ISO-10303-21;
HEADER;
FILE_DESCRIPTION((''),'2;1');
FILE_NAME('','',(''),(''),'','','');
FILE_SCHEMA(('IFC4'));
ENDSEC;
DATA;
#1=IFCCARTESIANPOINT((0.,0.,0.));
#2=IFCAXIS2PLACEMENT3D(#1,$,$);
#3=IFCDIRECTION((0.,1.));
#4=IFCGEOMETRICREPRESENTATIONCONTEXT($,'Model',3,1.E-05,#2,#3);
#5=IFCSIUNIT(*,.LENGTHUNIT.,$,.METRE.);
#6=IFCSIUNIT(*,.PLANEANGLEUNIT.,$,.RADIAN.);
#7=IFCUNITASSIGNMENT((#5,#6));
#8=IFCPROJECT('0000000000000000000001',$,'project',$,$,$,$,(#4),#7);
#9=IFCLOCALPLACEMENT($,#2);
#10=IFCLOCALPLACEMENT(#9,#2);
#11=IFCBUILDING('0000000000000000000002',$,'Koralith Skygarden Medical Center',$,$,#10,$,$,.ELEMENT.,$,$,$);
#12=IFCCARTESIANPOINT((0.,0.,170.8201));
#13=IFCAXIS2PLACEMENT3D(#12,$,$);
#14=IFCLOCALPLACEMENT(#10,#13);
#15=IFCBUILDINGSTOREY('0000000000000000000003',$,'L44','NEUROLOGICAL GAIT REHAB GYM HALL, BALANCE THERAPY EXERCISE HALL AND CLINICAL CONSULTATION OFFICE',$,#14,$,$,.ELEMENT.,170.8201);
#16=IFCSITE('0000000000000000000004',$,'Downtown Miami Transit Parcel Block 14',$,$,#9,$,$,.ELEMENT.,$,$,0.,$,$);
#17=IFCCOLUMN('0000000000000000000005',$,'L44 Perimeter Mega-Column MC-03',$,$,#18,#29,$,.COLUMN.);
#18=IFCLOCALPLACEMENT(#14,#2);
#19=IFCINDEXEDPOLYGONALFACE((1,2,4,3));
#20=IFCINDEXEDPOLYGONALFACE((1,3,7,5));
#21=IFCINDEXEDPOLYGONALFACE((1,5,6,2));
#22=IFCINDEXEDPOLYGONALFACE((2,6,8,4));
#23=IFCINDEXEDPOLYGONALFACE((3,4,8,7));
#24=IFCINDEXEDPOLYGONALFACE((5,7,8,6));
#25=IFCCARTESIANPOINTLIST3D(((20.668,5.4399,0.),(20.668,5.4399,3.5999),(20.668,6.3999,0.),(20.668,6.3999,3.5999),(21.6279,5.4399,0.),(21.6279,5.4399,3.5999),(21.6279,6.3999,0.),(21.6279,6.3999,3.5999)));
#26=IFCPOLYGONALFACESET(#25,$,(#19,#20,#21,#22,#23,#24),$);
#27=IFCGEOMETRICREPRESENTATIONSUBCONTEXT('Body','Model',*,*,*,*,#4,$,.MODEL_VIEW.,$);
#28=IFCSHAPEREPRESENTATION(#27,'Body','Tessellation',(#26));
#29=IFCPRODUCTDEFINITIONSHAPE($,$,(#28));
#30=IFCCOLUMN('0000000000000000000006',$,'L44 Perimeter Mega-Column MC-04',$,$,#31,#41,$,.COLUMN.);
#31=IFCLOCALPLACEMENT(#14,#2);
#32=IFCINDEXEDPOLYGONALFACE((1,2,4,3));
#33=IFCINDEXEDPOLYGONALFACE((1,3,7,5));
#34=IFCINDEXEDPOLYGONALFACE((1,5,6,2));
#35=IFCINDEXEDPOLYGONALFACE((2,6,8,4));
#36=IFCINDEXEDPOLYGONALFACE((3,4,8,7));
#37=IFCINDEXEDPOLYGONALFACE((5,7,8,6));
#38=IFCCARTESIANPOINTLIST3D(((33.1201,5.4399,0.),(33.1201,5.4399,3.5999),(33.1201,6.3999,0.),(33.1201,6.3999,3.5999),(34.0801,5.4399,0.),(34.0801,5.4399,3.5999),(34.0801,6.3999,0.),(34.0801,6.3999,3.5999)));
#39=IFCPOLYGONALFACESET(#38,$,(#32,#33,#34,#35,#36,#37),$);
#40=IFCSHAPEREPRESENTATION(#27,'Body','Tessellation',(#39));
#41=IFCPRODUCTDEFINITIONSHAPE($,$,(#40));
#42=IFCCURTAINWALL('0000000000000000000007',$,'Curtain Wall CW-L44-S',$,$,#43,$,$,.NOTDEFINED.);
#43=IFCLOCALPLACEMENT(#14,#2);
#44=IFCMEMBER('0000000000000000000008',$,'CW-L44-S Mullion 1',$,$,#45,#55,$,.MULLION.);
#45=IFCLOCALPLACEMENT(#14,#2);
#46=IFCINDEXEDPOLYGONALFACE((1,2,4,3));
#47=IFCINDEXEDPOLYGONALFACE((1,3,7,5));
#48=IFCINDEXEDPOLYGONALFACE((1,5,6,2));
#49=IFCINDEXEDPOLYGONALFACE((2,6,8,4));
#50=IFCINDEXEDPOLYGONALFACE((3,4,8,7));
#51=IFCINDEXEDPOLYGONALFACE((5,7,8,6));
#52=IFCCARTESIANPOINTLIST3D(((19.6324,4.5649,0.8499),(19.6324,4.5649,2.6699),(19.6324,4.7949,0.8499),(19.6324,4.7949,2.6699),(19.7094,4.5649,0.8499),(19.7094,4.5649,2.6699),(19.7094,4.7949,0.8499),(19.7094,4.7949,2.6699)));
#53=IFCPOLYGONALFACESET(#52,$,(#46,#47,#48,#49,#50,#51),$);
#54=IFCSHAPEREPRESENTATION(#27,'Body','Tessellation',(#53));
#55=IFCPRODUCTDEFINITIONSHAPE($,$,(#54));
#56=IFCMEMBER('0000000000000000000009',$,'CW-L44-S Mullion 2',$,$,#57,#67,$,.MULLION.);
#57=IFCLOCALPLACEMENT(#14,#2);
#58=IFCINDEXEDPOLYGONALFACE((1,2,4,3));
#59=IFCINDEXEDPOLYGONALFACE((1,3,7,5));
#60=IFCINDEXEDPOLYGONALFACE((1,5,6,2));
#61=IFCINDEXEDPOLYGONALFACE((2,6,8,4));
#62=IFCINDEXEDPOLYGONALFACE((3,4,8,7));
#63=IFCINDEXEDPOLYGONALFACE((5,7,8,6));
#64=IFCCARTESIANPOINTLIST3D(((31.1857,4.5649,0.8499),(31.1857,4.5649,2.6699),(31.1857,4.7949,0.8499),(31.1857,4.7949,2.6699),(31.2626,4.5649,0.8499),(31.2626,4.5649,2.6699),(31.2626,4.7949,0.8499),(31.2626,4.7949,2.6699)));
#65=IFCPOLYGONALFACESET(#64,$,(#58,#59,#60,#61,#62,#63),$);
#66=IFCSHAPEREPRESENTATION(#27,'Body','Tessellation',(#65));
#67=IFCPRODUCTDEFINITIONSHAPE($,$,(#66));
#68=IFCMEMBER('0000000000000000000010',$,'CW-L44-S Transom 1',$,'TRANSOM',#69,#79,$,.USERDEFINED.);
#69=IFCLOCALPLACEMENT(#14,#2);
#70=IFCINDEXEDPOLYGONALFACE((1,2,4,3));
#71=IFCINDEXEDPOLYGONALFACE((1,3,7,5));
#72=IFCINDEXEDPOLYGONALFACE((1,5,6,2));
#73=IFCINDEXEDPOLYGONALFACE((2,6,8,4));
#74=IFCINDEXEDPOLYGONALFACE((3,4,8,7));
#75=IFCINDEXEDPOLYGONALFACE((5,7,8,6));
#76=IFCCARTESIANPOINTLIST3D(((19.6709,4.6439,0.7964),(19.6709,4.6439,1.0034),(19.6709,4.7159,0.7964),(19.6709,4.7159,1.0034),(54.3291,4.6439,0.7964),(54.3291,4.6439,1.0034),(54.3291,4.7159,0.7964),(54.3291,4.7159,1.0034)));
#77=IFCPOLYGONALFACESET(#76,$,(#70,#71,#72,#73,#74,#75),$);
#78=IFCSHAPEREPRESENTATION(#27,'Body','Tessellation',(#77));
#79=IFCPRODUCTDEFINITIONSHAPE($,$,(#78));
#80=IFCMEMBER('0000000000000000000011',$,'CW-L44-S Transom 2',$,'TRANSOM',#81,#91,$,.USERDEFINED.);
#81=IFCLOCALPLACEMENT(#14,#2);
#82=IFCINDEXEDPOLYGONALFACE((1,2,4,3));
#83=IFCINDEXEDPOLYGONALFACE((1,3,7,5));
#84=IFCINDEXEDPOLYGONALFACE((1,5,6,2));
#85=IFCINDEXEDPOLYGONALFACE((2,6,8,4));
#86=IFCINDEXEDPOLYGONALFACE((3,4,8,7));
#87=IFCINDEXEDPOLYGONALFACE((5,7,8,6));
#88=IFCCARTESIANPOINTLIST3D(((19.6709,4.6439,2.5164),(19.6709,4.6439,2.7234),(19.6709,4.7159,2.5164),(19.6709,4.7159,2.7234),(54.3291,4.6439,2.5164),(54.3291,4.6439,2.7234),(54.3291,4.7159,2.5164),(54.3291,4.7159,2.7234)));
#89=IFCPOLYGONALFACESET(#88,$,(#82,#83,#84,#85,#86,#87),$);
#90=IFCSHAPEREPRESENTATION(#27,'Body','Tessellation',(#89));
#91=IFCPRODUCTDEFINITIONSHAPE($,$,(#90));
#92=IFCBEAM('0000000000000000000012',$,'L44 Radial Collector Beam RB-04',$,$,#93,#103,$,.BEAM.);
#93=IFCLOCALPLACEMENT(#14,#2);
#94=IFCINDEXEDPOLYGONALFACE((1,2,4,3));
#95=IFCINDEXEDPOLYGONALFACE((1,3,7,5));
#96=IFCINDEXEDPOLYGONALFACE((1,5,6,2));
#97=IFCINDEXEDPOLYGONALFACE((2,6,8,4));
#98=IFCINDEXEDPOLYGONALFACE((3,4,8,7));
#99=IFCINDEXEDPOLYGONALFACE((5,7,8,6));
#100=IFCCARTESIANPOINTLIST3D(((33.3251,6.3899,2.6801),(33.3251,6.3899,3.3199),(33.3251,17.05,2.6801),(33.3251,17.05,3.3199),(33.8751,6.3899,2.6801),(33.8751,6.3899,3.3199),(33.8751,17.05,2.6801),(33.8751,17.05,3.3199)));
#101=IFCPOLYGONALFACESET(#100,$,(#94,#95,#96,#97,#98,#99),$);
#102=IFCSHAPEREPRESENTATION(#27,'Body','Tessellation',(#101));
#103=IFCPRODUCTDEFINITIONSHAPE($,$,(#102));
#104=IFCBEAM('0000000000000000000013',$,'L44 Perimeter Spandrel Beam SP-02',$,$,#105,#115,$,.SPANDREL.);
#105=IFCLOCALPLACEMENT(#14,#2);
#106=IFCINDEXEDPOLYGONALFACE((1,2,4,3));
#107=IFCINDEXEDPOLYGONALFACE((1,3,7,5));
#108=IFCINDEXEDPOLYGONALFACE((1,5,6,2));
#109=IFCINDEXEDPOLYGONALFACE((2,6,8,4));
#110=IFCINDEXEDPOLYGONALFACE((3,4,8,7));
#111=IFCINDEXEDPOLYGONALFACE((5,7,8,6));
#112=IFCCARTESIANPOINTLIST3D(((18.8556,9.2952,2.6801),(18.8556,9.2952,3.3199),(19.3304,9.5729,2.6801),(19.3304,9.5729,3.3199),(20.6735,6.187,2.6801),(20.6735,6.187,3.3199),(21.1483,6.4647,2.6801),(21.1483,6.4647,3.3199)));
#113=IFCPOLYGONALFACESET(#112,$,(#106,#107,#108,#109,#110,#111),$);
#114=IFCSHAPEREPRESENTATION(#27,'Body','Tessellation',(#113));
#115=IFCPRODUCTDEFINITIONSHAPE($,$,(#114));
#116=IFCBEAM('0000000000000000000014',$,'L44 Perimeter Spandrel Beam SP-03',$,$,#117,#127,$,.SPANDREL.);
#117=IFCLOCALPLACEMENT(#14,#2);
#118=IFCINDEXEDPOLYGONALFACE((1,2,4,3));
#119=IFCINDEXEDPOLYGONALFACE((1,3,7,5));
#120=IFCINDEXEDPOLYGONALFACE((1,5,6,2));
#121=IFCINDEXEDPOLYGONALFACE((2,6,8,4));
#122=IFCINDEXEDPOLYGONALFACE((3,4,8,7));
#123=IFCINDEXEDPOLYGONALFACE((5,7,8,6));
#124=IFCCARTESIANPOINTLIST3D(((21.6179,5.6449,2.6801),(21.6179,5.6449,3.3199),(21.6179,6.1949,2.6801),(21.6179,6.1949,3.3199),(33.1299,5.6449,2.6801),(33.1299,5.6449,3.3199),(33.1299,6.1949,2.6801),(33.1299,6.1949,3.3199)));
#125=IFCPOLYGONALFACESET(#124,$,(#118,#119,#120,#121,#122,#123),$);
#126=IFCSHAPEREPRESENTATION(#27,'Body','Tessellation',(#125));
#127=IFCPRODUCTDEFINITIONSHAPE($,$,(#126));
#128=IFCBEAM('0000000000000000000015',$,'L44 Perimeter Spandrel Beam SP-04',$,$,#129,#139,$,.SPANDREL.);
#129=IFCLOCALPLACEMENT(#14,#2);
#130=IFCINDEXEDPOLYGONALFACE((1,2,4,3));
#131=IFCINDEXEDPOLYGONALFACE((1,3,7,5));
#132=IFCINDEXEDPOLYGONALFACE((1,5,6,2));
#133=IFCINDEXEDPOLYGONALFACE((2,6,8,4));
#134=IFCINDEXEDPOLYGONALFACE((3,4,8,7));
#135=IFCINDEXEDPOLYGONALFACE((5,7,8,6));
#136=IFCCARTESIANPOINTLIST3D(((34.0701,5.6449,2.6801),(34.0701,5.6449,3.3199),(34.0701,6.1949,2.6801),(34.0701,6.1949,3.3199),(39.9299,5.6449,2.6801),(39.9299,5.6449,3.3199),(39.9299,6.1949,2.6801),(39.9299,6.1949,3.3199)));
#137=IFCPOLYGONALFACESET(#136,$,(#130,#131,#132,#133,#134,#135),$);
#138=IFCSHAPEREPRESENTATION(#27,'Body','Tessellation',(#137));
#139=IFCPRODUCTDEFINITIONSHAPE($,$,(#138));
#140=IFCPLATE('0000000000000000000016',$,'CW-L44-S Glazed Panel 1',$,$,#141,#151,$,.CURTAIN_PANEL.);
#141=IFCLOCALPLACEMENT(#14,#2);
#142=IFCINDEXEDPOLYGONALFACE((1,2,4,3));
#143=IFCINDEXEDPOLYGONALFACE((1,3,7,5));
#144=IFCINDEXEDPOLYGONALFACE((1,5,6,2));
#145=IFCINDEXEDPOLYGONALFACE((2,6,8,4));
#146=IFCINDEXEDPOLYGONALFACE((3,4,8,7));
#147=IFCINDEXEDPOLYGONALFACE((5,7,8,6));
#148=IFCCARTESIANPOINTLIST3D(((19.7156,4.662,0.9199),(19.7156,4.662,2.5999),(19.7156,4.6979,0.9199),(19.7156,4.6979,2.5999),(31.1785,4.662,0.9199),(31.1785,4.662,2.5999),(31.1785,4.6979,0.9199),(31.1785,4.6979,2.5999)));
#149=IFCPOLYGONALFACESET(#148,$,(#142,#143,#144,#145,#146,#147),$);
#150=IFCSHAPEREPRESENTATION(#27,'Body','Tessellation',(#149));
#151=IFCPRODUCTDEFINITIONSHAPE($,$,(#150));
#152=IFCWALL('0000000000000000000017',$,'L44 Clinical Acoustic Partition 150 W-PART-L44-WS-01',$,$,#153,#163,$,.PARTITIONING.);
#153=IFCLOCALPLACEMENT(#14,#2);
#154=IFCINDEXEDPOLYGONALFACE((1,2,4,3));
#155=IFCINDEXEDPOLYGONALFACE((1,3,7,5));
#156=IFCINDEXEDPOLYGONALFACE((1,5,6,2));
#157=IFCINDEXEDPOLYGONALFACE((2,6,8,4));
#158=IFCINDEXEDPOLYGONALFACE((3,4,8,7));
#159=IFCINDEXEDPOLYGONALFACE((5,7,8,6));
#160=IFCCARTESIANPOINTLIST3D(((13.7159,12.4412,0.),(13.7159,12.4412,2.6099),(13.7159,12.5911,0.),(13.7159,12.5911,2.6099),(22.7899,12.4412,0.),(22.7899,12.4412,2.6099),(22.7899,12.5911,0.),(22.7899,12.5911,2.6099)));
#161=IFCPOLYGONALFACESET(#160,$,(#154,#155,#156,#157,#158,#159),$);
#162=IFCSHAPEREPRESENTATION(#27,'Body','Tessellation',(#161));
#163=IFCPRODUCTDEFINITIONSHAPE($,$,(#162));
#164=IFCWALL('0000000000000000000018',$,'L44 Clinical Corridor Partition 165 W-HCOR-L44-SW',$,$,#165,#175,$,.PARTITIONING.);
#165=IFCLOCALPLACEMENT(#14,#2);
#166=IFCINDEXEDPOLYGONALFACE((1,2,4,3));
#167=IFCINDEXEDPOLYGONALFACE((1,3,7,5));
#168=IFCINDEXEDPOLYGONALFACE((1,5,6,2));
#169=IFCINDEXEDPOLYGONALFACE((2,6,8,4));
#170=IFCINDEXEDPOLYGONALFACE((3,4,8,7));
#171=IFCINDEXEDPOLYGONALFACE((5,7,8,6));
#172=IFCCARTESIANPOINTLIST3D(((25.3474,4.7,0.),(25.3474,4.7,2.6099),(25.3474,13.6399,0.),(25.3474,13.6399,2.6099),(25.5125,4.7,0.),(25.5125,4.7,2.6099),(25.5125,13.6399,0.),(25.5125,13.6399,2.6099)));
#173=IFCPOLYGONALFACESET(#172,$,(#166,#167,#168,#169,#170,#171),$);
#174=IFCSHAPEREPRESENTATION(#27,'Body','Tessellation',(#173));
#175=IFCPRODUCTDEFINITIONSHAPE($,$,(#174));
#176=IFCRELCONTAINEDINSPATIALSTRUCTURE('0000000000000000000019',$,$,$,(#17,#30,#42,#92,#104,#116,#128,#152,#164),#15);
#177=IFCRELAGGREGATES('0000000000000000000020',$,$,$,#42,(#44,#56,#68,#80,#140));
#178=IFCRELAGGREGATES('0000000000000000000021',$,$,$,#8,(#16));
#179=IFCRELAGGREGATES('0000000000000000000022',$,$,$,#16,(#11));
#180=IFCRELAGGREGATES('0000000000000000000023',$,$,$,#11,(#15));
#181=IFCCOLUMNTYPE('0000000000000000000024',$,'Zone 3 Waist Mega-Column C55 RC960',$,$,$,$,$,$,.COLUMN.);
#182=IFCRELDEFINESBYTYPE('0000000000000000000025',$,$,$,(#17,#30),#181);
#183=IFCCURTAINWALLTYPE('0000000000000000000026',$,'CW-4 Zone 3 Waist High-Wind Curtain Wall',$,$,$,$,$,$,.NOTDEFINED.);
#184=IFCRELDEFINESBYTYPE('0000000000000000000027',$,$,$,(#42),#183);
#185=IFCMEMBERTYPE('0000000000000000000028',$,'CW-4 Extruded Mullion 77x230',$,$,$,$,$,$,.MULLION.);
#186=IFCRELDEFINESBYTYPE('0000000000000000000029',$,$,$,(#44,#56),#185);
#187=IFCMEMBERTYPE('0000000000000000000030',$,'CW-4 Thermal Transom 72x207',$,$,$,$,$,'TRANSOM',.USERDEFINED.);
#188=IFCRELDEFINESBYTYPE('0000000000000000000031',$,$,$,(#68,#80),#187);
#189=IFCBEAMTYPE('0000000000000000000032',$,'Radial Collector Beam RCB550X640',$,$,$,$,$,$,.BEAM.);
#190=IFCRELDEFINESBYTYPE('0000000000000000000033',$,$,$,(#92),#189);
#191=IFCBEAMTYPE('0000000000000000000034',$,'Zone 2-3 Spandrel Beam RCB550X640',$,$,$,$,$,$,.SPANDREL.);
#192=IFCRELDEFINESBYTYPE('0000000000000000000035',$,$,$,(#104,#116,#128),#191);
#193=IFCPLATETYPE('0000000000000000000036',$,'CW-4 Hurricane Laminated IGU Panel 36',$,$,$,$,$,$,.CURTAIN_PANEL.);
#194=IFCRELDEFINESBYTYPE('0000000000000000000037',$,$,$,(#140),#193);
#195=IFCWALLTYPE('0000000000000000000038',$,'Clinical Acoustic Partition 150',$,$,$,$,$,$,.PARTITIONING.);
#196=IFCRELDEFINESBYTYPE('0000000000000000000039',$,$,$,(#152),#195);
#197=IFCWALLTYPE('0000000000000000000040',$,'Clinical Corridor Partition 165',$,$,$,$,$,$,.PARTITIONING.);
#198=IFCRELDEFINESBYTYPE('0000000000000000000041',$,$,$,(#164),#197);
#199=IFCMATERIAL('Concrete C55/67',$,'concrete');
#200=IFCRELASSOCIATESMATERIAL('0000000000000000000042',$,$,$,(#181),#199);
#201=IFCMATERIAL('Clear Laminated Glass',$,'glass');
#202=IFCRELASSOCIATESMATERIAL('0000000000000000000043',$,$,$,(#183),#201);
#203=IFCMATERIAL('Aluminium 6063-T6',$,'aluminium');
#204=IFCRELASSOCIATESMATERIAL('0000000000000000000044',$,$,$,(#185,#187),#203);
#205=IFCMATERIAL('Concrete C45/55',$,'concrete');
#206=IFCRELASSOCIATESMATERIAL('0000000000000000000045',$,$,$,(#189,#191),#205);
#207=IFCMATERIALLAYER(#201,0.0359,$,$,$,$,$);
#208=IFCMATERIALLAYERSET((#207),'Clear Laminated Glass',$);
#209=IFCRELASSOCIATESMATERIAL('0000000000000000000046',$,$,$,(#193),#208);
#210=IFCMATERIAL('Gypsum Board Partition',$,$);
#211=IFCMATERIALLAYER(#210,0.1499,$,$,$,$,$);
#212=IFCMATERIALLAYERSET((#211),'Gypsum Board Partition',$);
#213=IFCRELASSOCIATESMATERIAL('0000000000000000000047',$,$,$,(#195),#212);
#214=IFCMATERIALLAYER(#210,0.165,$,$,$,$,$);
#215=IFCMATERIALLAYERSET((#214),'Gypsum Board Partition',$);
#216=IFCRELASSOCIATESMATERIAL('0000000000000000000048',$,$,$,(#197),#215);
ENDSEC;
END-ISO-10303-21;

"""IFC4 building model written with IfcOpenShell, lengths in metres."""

from ifc_helpers import new_model, si_unit, direction, frame, frame_2d, origin, origin_2d, place, context, subcontext, project, spatial, rectangle, extrude, material, layer, layer_set, material_profile, profile_set, type_object, element, aggregate, save


model = new_model("IFC4")

# Units and contexts
model_context = context("Model", 3, precision=1e-05, world=origin(), true_north=direction((0.0, 1.0)))
body_context = subcontext(model_context, "Body", "Model", "MODEL_VIEW")
ifc_project = project(units=[si_unit("LENGTHUNIT", "METRE"), si_unit("PLANEANGLEUNIT", "RADIAN")], contexts=[model_context])

# Site, building, storey
site_placement = place(None, origin())
site = spatial("IfcSite", under=ifc_project, at=site_placement, Name="Downtown Miami Transit Parcel Block 14", CompositionType="ELEMENT", RefElevation=0.0)
building_placement = place(site_placement, origin())
building = spatial("IfcBuilding", under=site, at=building_placement, Name="Koralith Skygarden Medical Center", CompositionType="ELEMENT")
storey_placement = place(building_placement, frame((0.0, 0.0, 170.8201)))
storey = spatial("IfcBuildingStorey", under=building, at=storey_placement, Name="L44", Description="NEUROLOGICAL GAIT REHAB GYM HALL, BALANCE THERAPY EXERCISE HALL AND CLINICAL CONSULTATION OFFICE", CompositionType="ELEMENT", Elevation=170.8201)

# Columns
ifc_material_1 = material(Name="Concrete C55/67", Category="concrete")
ifc_material_profile_1 = material_profile(ifc_material_1, rectangle(XDim=0.96, YDim=0.96, at=origin_2d()), Name="RC960X960")
ifc_profile_set_1 = profile_set([ifc_material_profile_1], Name="Concrete C55/67")
column_type = type_object("IfcColumnType", Name="Zone 3 Waist Mega-Column C55 RC960", PredefinedType="COLUMN", material=ifc_profile_set_1)
for number, where, z_axis, x_axis, name in (
    (1, (21.1479, 5.9199, 0.0), (0.0, 0.0, 1.0), (1.0, 0.0, 0.0), "L44 Perimeter Mega-Column MC-03"),
    (2, (33.6001, 5.9199, 0.0), (0.0, 0.0, 1.0), (1.0, 0.0, 0.0), "L44 Perimeter Mega-Column MC-04"),
):
    element("IfcColumn", number, at=place(storey_placement, frame(where, z_axis=z_axis, x_axis=x_axis)), inside=storey, type_object=column_type, Name=name, PredefinedType="COLUMN", context=body_context, shape_type="SweptSolid", body=[
        extrude(rectangle(XDim=0.96, YDim=0.96, at=origin_2d()), origin(), (0.0, 0.0, 1.0), 3.5999),
    ])

# Curtain wall, members
ifc_material_2 = material(Name="Clear Laminated Glass", Category="glass")
curtain_wall_type = type_object("IfcCurtainWallType", Name="CW-4 Zone 3 Waist High-Wind Curtain Wall", PredefinedType="NOTDEFINED", material=ifc_material_2)
curtain_wall_placement = place(storey_placement, origin())
curtain_wall = element("IfcCurtainWall", 3, at=curtain_wall_placement, inside=storey, type_object=curtain_wall_type, Name="Curtain Wall CW-L44-S", PredefinedType="NOTDEFINED")
ifc_material_3 = material(Name="Aluminium 6063-T6", Category="aluminium")
ifc_material_profile_2 = material_profile(ifc_material_3, rectangle(XDim=0.0769, YDim=0.23, at=origin_2d()), Name="MUL77X230")
ifc_profile_set_2 = profile_set([ifc_material_profile_2], Name="Aluminium 6063-T6")
member_type_1 = type_object("IfcMemberType", Name="CW-4 Extruded Mullion 77x230", PredefinedType="MULLION", material=ifc_profile_set_2)
member_1_placement = place(storey_placement, frame((19.6709, 4.6799, 0.8499), z_axis=(0.0, 0.0, 1.0), x_axis=(1.0, 0.0, 0.0)))
member_1 = element("IfcMember", 4, at=member_1_placement, type_object=member_type_1, Name="CW-L44-S Mullion 1", PredefinedType="MULLION", context=body_context, shape_type="SweptSolid", body=[
    extrude(rectangle(XDim=0.0769, YDim=0.23, at=origin_2d()), origin(), (0.0, 0.0, 1.0), 1.8201),
])
member_2_placement = place(storey_placement, frame((31.2241, 4.6799, 0.8499), z_axis=(0.0, 0.0, 1.0), x_axis=(1.0, 0.0, 0.0)))
member_2 = element("IfcMember", 5, at=member_2_placement, type_object=member_type_1, Name="CW-L44-S Mullion 2", PredefinedType="MULLION", context=body_context, shape_type="SweptSolid", body=[
    extrude(rectangle(XDim=0.0769, YDim=0.23, at=origin_2d()), origin(), (0.0, 0.0, 1.0), 1.8201),
])
ifc_material_profile_3 = material_profile(ifc_material_3, rectangle(XDim=0.072, YDim=0.207, at=origin_2d()), Name="TRN72X207")
ifc_profile_set_3 = profile_set([ifc_material_profile_3], Name="Aluminium 6063-T6")
member_type_2 = type_object("IfcMemberType", Name="CW-4 Thermal Transom 72x207", ElementType="TRANSOM", PredefinedType="USERDEFINED", material=ifc_profile_set_3)
member_3_placement = place(storey_placement, frame((19.6709, 4.6799, 0.8999), z_axis=(1.0, 0.0, 0.0), x_axis=(0.0, 1.0, 0.0)))
member_3 = element("IfcMember", 6, at=member_3_placement, type_object=member_type_2, Name="CW-L44-S Transom 1", ObjectType="TRANSOM", PredefinedType="USERDEFINED", context=body_context, shape_type="SweptSolid", body=[
    extrude(rectangle(XDim=0.072, YDim=0.207, at=origin_2d()), origin(), (0.0, 0.0, 1.0), 34.6582),
])
member_4_placement = place(storey_placement, frame((19.6709, 4.6799, 2.6199), z_axis=(1.0, 0.0, 0.0), x_axis=(0.0, 1.0, 0.0)))
member_4 = element("IfcMember", 7, at=member_4_placement, type_object=member_type_2, Name="CW-L44-S Transom 2", ObjectType="TRANSOM", PredefinedType="USERDEFINED", context=body_context, shape_type="SweptSolid", body=[
    extrude(rectangle(XDim=0.072, YDim=0.207, at=origin_2d()), origin(), (0.0, 0.0, 1.0), 34.6582),
])

# Beams
ifc_material_4 = material(Name="Concrete C45/55", Category="concrete")
ifc_material_profile_4 = material_profile(ifc_material_4, rectangle(XDim=0.55, YDim=0.6399, at=origin_2d()), Name="RCB550X640")
ifc_profile_set_4 = profile_set([ifc_material_profile_4], Name="Concrete C45/55")
beam_type_1 = type_object("IfcBeamType", Name="Radial Collector Beam RCB550X640", PredefinedType="BEAM", material=ifc_profile_set_4)
beam_1_placement = place(storey_placement, frame((33.6001, 17.05, 3.0), z_axis=(0.0, -1.0, 0.0), x_axis=(1.0, 0.0, 0.0)))
element("IfcBeam", 8, at=beam_1_placement, inside=storey, type_object=beam_type_1, Name="L44 Radial Collector Beam RB-04", PredefinedType="BEAM", context=body_context, shape_type="SweptSolid", body=[
    extrude(rectangle(XDim=0.55, YDim=0.6399, at=origin_2d()), origin(), (0.0, 0.0, 1.0), 10.6602),
])
ifc_material_profile_5 = material_profile(ifc_material_4, rectangle(XDim=0.55, YDim=0.6399, at=origin_2d()), Name="RCB550X640")
ifc_profile_set_5 = profile_set([ifc_material_profile_5], Name="Concrete C45/55")
beam_type_2 = type_object("IfcBeamType", Name="Zone 2-3 Spandrel Beam RCB550X640", PredefinedType="SPANDREL", material=ifc_profile_set_5)
beam_2_placement = place(storey_placement, frame((19.093, 9.4341, 3.0), z_axis=(0.504861, -0.8632, 0.0), x_axis=(0.8632, 0.504861, 0.0)))
element("IfcBeam", 9, at=beam_2_placement, inside=storey, type_object=beam_type_2, Name="L44 Perimeter Spandrel Beam SP-02", PredefinedType="SPANDREL", context=body_context, shape_type="SweptSolid", body=[
    extrude(rectangle(XDim=0.55, YDim=0.6399, at=origin_2d()), origin(), (0.0, 0.0, 1.0), 3.6008),
])
beam_3_placement = place(storey_placement, frame((21.6179, 5.9199, 3.0), z_axis=(1.0, 0.0, 0.0), x_axis=(0.0, 1.0, 0.0)))
element("IfcBeam", 10, at=beam_3_placement, inside=storey, type_object=beam_type_2, Name="L44 Perimeter Spandrel Beam SP-03", PredefinedType="SPANDREL", context=body_context, shape_type="SweptSolid", body=[
    extrude(rectangle(XDim=0.55, YDim=0.6399, at=origin_2d()), origin(), (0.0, 0.0, 1.0), 11.512),
])
beam_4_placement = place(storey_placement, frame((34.0701, 5.9199, 3.0), z_axis=(1.0, 0.0, 0.0), x_axis=(0.0, 1.0, 0.0)))
element("IfcBeam", 11, at=beam_4_placement, inside=storey, type_object=beam_type_2, Name="L44 Perimeter Spandrel Beam SP-04", PredefinedType="SPANDREL", context=body_context, shape_type="SweptSolid", body=[
    extrude(rectangle(XDim=0.55, YDim=0.6399, at=origin_2d()), origin(), (0.0, 0.0, 1.0), 5.8599),
])

# Plate
ifc_layer_1 = layer(ifc_material_2, 0.0359)
ifc_layer_set_1 = layer_set([ifc_layer_1], Name="Clear Laminated Glass")
plate_type = type_object("IfcPlateType", Name="CW-4 Hurricane Laminated IGU Panel 36", PredefinedType="CURTAIN_PANEL", material=ifc_layer_set_1)
plate_placement = place(storey_placement, frame((25.447, 4.6799, 0.9199), z_axis=(0.0, 0.0, 1.0), x_axis=(1.0, 0.0, 0.0)))
plate = element("IfcPlate", 12, at=plate_placement, type_object=plate_type, Name="CW-L44-S Glazed Panel 1", PredefinedType="CURTAIN_PANEL", context=body_context, shape_type="SweptSolid", body=[
    extrude(rectangle(XDim=11.4629, YDim=0.0359, at=origin_2d()), origin(), (0.0, 0.0, 1.0), 1.6799),
])
aggregate(curtain_wall, [member_1, member_2, member_3, member_4, plate])

# Walls
ifc_material_5 = material(Name="Gypsum Board Partition")
ifc_layer_2 = layer(ifc_material_5, 0.1499)
ifc_layer_set_2 = layer_set([ifc_layer_2], Name="Gypsum Board Partition")
wall_type_1 = type_object("IfcWallType", Name="Clinical Acoustic Partition 150", PredefinedType="PARTITIONING", material=ifc_layer_set_2)
wall_1_placement = place(storey_placement, frame((22.79, 12.5161, 0.0), z_axis=(0.0, 0.0, 1.0), x_axis=(-1.0, 0.0, 0.0)))
element("IfcWall", 13, at=wall_1_placement, inside=storey, type_object=wall_type_1, Name="L44 Clinical Acoustic Partition 150 W-PART-L44-WS-01", PredefinedType="PARTITIONING", context=body_context, shape_type="SweptSolid", body=[
    extrude(rectangle(XDim=9.074, YDim=0.1499, at=frame_2d((4.5371, 0.0))), origin(), (0.0, 0.0, 1.0), 2.6099),
])
ifc_layer_3 = layer(ifc_material_5, 0.165)
ifc_layer_set_3 = layer_set([ifc_layer_3], Name="Gypsum Board Partition")
wall_type_2 = type_object("IfcWallType", Name="Clinical Corridor Partition 165", PredefinedType="PARTITIONING", material=ifc_layer_set_3)
wall_2_placement = place(storey_placement, frame((25.4299, 4.7, 0.0), z_axis=(0.0, 0.0, 1.0), x_axis=(0.0, 1.0, 0.0)))
element("IfcWall", 14, at=wall_2_placement, inside=storey, type_object=wall_type_2, Name="L44 Clinical Corridor Partition 165 W-HCOR-L44-SW", PredefinedType="PARTITIONING", context=body_context, shape_type="SweptSolid", body=[
    extrude(rectangle(XDim=8.9399, YDim=0.165, at=frame_2d((4.47, 0.0))), origin(), (0.0, 0.0, 1.0), 2.6099),
])

save(model, "model.ifc")
